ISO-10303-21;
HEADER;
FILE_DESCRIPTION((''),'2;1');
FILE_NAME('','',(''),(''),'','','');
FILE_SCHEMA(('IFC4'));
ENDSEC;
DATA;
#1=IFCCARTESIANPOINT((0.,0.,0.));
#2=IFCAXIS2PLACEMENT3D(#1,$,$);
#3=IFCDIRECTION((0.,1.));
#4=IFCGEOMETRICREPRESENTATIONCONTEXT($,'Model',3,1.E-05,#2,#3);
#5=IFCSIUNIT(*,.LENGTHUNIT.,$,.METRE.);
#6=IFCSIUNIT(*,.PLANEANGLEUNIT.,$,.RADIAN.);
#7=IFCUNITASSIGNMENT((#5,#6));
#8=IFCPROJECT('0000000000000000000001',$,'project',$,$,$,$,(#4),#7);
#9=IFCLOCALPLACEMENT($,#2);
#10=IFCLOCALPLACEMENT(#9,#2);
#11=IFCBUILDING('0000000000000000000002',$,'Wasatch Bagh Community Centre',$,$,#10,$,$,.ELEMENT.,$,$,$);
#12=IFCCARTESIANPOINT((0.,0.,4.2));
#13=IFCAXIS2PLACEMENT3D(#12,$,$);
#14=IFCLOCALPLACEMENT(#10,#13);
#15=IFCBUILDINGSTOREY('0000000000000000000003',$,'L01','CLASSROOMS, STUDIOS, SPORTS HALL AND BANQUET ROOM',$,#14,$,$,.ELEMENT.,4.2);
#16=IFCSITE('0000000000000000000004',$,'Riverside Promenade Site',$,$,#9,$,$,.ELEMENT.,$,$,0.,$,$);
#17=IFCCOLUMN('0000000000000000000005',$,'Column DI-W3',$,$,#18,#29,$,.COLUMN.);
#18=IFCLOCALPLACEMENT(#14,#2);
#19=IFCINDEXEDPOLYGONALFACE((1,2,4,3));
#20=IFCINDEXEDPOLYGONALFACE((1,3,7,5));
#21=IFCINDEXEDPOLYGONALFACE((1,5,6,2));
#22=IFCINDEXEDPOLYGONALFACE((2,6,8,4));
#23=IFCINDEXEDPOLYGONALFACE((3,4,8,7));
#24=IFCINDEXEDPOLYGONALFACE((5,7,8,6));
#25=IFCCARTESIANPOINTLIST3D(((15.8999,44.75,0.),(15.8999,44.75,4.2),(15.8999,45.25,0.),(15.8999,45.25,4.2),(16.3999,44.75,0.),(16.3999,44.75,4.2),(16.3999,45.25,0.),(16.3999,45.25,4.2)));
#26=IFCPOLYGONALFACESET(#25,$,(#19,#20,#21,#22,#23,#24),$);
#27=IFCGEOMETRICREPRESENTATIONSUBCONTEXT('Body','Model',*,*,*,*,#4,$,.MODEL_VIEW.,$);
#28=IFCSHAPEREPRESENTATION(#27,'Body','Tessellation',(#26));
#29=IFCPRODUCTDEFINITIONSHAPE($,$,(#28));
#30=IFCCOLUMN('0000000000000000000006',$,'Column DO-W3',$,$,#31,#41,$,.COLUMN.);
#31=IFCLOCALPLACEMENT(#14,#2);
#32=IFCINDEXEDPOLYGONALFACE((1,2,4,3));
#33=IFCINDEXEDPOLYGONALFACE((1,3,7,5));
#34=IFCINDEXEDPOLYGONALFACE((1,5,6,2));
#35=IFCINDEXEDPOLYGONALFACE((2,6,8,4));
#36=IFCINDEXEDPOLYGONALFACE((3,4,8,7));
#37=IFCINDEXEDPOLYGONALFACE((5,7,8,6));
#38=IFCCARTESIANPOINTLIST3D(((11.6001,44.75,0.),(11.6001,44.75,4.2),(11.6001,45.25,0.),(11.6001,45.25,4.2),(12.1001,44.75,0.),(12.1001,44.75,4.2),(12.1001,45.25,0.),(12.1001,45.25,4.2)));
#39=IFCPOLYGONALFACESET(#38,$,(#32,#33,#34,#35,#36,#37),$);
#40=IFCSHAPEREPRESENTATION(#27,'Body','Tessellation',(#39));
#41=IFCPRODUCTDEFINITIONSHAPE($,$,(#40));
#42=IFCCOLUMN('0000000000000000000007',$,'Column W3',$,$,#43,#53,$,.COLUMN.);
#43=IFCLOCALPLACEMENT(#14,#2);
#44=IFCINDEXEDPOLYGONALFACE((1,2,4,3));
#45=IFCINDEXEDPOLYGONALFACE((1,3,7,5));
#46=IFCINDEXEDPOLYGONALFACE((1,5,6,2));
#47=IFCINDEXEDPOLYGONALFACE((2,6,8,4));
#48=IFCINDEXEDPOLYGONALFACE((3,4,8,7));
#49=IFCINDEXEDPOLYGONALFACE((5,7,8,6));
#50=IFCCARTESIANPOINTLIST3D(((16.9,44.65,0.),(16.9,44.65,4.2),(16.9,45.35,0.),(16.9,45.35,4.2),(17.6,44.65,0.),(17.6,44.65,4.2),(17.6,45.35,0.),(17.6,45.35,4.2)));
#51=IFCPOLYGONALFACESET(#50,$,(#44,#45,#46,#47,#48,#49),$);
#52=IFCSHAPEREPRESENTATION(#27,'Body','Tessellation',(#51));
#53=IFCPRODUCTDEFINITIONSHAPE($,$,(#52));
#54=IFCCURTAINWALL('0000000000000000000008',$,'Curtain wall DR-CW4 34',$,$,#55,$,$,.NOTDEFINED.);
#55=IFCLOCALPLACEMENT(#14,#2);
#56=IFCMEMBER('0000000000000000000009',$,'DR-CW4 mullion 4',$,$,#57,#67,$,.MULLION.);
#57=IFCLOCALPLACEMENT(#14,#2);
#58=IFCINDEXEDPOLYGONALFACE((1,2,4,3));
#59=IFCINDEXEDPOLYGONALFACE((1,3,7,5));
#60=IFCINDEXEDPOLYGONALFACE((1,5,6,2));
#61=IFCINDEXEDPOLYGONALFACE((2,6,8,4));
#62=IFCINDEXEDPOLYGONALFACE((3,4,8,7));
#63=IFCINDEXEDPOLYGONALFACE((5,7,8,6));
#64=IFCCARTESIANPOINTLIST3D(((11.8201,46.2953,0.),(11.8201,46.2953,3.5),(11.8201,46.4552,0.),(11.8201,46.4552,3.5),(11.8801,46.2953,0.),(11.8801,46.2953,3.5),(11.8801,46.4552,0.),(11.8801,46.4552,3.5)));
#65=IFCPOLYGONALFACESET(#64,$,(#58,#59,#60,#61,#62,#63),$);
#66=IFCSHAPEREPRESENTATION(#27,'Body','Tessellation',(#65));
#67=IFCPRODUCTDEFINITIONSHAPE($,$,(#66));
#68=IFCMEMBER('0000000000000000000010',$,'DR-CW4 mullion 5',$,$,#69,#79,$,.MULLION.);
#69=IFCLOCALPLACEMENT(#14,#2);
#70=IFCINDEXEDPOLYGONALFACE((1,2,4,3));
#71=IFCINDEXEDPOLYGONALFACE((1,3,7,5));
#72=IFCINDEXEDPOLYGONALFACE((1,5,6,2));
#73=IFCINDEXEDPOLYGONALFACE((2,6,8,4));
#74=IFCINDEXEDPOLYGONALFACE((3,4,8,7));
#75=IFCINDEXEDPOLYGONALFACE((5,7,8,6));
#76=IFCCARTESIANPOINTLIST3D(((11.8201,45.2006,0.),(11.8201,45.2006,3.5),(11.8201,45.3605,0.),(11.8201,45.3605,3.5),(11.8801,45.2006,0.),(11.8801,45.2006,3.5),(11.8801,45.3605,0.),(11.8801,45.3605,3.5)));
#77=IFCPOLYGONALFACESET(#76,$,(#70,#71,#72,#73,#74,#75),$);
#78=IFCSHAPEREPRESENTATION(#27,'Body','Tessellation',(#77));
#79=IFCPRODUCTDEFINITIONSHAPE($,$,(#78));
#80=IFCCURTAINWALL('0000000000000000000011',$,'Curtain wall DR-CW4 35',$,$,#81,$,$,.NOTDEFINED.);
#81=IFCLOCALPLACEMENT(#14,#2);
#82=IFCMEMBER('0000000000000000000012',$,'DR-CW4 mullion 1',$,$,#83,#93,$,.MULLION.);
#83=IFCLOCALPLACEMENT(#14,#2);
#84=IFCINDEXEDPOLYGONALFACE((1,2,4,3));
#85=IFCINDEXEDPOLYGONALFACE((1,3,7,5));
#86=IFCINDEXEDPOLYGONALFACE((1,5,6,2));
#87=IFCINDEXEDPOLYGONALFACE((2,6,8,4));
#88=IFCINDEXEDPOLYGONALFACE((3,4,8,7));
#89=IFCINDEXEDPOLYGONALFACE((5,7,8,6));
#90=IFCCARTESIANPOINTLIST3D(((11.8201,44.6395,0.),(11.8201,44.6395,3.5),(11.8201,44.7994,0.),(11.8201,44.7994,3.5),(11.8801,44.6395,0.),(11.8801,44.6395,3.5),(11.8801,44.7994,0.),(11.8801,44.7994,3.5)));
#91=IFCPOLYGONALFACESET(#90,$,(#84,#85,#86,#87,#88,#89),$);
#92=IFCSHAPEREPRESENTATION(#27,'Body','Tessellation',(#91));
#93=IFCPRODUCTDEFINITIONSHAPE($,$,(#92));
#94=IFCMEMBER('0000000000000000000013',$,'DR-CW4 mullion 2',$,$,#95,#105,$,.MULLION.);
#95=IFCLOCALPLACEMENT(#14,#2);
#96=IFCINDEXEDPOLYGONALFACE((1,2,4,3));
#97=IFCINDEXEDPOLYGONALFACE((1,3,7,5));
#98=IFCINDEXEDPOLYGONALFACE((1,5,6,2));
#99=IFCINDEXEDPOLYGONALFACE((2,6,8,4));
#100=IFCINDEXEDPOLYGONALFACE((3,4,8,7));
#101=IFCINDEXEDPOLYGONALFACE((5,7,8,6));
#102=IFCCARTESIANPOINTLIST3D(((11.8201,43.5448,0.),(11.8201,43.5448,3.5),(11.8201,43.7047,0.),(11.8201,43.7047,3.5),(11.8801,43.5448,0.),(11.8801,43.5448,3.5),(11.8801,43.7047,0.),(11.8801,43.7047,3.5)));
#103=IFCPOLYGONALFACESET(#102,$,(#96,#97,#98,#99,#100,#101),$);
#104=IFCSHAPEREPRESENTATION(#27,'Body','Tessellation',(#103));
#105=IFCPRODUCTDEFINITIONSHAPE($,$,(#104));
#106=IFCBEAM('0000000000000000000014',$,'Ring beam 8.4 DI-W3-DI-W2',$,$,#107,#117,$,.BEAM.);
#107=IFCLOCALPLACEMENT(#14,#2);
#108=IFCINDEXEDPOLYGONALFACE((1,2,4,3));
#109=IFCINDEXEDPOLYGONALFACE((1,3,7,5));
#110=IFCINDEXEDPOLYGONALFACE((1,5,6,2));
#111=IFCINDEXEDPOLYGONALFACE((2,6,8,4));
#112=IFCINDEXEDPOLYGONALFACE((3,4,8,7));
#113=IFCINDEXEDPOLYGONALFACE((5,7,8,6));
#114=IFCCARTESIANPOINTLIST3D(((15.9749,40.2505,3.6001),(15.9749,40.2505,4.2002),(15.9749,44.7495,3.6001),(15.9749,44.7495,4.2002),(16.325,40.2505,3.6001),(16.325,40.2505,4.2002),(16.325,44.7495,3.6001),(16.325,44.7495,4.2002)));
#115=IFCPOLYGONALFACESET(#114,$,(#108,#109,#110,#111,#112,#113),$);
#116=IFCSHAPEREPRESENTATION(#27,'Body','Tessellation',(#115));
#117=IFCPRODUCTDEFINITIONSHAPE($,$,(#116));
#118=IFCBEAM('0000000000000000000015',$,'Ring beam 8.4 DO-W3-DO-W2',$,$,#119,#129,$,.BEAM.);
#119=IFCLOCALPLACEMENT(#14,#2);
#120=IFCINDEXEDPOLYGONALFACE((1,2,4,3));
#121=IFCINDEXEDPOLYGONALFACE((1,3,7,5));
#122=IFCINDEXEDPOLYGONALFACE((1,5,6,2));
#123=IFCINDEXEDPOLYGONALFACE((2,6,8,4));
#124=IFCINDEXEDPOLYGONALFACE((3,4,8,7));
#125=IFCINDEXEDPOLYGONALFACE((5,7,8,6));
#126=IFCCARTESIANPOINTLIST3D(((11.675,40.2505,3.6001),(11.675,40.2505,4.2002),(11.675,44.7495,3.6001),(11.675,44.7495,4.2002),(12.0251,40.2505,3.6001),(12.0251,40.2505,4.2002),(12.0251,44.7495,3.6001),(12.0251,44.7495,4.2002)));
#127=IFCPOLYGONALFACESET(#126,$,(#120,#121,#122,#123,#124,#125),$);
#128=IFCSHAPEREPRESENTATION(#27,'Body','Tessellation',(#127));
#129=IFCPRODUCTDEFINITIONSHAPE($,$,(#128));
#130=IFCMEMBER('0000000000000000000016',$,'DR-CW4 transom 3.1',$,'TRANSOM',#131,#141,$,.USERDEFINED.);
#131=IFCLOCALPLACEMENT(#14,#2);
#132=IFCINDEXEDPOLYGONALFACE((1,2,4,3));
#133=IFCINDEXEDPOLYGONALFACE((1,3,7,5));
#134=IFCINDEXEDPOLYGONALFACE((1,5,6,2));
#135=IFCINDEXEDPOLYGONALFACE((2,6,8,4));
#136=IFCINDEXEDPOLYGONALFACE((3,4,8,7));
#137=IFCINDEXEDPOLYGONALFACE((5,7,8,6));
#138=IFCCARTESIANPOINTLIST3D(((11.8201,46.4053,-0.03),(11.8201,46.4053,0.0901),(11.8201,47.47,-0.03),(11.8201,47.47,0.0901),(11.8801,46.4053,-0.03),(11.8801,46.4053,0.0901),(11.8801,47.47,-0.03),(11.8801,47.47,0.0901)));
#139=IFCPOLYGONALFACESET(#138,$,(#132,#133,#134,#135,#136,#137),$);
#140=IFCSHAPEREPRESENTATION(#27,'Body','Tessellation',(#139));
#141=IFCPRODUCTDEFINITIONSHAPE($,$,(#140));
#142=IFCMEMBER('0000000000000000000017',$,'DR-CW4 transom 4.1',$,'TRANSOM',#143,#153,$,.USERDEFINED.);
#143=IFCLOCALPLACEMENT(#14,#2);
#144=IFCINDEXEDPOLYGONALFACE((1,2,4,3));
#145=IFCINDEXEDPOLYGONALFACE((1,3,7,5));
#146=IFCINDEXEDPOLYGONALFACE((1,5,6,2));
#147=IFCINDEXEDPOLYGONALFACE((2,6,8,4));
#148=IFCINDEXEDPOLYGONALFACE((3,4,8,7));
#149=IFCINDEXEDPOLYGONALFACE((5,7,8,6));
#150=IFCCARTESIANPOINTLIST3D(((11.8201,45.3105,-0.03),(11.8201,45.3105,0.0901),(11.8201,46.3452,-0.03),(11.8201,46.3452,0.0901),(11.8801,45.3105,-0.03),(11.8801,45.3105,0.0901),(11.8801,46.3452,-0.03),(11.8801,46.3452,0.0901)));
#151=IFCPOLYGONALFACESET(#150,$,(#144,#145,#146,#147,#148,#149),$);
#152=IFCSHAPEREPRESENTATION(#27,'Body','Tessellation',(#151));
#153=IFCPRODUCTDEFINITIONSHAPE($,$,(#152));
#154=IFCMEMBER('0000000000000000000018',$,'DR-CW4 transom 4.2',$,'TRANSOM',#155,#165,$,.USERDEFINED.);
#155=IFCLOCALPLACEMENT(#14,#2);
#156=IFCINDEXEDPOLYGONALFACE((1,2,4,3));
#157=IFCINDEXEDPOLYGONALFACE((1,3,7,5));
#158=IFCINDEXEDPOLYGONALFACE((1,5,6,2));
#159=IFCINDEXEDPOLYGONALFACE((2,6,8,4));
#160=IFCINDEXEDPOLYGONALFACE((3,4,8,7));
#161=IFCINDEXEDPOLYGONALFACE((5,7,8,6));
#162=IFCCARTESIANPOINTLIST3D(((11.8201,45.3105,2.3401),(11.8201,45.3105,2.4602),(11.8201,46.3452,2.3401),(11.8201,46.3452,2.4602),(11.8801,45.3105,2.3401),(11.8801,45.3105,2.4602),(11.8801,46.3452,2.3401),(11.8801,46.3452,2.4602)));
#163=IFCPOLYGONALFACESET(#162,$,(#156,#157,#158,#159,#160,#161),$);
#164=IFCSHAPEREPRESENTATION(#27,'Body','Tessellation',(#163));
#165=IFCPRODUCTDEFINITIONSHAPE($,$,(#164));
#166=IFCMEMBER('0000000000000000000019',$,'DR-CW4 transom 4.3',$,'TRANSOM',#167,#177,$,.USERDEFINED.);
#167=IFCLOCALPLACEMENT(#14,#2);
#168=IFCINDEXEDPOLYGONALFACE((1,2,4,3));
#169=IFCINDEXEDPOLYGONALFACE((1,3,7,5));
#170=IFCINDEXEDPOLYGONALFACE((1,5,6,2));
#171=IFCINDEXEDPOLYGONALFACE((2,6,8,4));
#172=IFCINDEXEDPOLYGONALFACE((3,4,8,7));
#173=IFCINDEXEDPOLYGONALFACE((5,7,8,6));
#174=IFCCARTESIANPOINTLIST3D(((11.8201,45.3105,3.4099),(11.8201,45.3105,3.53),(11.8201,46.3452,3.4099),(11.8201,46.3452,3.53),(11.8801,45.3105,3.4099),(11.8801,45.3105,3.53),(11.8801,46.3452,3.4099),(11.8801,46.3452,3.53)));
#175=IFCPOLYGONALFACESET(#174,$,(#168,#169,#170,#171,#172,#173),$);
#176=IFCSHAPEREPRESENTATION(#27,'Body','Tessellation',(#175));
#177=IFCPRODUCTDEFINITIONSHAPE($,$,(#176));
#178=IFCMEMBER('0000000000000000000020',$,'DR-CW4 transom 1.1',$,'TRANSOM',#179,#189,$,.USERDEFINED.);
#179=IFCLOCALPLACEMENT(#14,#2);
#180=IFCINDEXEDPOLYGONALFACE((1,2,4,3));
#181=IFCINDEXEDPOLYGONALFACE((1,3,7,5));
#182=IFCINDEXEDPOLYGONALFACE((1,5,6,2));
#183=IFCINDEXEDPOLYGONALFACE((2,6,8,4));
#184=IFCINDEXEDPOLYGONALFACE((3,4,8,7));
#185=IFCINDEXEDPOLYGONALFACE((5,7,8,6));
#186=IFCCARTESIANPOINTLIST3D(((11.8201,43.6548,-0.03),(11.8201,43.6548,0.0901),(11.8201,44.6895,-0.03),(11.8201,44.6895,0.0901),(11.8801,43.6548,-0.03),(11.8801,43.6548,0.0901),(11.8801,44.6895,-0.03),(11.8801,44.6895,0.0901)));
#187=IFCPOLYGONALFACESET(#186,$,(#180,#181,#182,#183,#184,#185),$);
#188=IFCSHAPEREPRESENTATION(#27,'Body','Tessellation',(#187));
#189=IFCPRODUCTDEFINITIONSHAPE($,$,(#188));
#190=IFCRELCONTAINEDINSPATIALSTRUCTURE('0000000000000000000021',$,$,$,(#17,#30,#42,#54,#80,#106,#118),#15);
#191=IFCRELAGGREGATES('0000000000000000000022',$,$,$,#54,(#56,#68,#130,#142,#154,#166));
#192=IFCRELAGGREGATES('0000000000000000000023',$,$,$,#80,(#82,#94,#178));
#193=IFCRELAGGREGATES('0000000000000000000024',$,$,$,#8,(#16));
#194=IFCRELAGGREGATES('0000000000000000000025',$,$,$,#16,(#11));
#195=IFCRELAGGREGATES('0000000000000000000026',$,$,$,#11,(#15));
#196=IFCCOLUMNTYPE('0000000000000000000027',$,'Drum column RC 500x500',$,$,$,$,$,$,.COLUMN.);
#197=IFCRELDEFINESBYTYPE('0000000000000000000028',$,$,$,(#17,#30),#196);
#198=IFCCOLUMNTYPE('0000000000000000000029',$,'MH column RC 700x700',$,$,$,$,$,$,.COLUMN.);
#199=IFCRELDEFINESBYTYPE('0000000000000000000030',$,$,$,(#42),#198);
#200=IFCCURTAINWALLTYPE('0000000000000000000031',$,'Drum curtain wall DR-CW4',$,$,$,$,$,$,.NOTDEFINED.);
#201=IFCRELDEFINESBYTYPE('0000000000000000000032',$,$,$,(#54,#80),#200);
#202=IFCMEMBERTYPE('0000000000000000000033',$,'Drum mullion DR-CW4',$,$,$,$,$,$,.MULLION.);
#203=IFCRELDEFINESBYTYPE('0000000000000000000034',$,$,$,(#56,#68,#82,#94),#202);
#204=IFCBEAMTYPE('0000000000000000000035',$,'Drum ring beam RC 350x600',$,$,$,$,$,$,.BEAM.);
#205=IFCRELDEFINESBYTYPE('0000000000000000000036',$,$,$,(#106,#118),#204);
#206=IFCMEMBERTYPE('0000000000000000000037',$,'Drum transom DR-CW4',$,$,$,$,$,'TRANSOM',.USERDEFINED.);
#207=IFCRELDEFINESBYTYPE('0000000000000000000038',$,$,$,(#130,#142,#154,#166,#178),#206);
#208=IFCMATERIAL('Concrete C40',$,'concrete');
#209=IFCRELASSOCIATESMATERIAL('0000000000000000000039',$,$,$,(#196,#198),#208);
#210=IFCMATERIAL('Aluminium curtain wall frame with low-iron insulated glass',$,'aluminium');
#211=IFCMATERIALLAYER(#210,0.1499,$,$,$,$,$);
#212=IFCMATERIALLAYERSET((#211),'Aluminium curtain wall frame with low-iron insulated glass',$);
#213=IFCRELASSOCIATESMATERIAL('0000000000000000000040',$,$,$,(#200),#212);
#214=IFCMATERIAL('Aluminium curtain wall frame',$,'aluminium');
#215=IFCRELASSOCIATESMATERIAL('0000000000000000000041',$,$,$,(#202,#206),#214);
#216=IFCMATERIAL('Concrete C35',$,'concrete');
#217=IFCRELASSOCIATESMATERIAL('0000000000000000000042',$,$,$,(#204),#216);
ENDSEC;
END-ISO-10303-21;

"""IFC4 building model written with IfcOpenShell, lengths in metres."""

from ifc_helpers import new_model, si_unit, direction, frame, origin, origin_2d, place, context, subcontext, project, spatial, rectangle, extrude, material, layer, layer_set, material_profile, profile_set, type_object, element, aggregate, save


model = new_model("IFC4")

# Units and contexts
model_context = context("Model", 3, precision=1e-05, world=origin(), true_north=direction((0.0, 1.0)))
body_context = subcontext(model_context, "Body", "Model", "MODEL_VIEW")
ifc_project = project(units=[si_unit("LENGTHUNIT", "METRE"), si_unit("PLANEANGLEUNIT", "RADIAN")], contexts=[model_context])

# Site, building, storey
site_placement = place(None, origin())
site = spatial("IfcSite", under=ifc_project, at=site_placement, Name="Riverside Promenade Site", CompositionType="ELEMENT", RefElevation=0.0)
building_placement = place(site_placement, origin())
building = spatial("IfcBuilding", under=site, at=building_placement, Name="Wasatch Bagh Community Centre", CompositionType="ELEMENT")
storey_placement = place(building_placement, frame((0.0, 0.0, 4.2)))
storey = spatial("IfcBuildingStorey", under=building, at=storey_placement, Name="L01", Description="CLASSROOMS, STUDIOS, SPORTS HALL AND BANQUET ROOM", CompositionType="ELEMENT", Elevation=4.2)

# Columns
ifc_material_1 = material(Name="Concrete C40", Category="concrete")
ifc_material_profile_1 = material_profile(ifc_material_1, rectangle(XDim=0.5, YDim=0.5, at=origin_2d()), Name="RC 500x500")
ifc_profile_set_1 = profile_set([ifc_material_profile_1], Name="Concrete C40")
column_type_1 = type_object("IfcColumnType", Name="Drum column RC 500x500", PredefinedType="COLUMN", material=ifc_profile_set_1)
for number, where, z_axis, x_axis, name in (
    (1, (16.1499, 45.0, 0.0), (0.0, 0.0, 1.0), (1.0, 0.0, 0.0), "Column DI-W3"),
    (2, (11.8501, 45.0, 0.0), (0.0, 0.0, 1.0), (1.0, 0.0, 0.0), "Column DO-W3"),
):
    element("IfcColumn", number, at=place(storey_placement, frame(where, z_axis=z_axis, x_axis=x_axis)), inside=storey, type_object=column_type_1, Name=name, PredefinedType="COLUMN", context=body_context, shape_type="SweptSolid", body=[
        extrude(rectangle(XDim=0.5, YDim=0.5, at=origin_2d()), origin(), (0.0, 0.0, 1.0), 4.2),
    ])
ifc_material_profile_2 = material_profile(ifc_material_1, rectangle(XDim=0.7, YDim=0.7, at=origin_2d()), Name="RC 700x700")
ifc_profile_set_2 = profile_set([ifc_material_profile_2], Name="Concrete C40")
column_type_2 = type_object("IfcColumnType", Name="MH column RC 700x700", PredefinedType="COLUMN", material=ifc_profile_set_2)
column_placement = place(storey_placement, frame((17.25, 45.0, 0.0), z_axis=(0.0, 0.0, 1.0), x_axis=(1.0, 0.0, 0.0)))
element("IfcColumn", 3, at=column_placement, inside=storey, type_object=column_type_2, Name="Column W3", PredefinedType="COLUMN", context=body_context, shape_type="SweptSolid", body=[
    extrude(rectangle(XDim=0.7, YDim=0.7, at=origin_2d()), origin(), (0.0, 0.0, 1.0), 4.2),
])

# Curtain walls, members
ifc_material_2 = material(Name="Aluminium curtain wall frame with low-iron insulated glass", Category="aluminium")
ifc_layer_1 = layer(ifc_material_2, 0.1499)
ifc_layer_set_1 = layer_set([ifc_layer_1], Name="Aluminium curtain wall frame with low-iron insulated glass")
curtain_wall_type = type_object("IfcCurtainWallType", Name="Drum curtain wall DR-CW4", PredefinedType="NOTDEFINED", material=ifc_layer_set_1)
curtain_wall_1_placement = place(storey_placement, origin())
curtain_wall_1 = element("IfcCurtainWall", 4, at=curtain_wall_1_placement, inside=storey, type_object=curtain_wall_type, Name="Curtain wall DR-CW4 34", PredefinedType="NOTDEFINED")
ifc_material_3 = material(Name="Aluminium curtain wall frame", Category="aluminium")
ifc_material_profile_3 = material_profile(ifc_material_3, rectangle(XDim=0.0601, YDim=0.1599, at=origin_2d()), Name="Drum mullion DR-CW4")
ifc_profile_set_3 = profile_set([ifc_material_profile_3], Name="Aluminium curtain wall frame")
member_type_1 = type_object("IfcMemberType", Name="Drum mullion DR-CW4", PredefinedType="MULLION", material=ifc_profile_set_3)
member_1_placement = place(storey_placement, frame((11.8501, 46.3752, 0.0), z_axis=(0.0, 0.0, 1.0), x_axis=(1.0, 0.0, 0.0)))
member_1 = element("IfcMember", 5, at=member_1_placement, type_object=member_type_1, Name="DR-CW4 mullion 4", PredefinedType="MULLION", context=body_context, shape_type="SweptSolid", body=[
    extrude(rectangle(XDim=0.0601, YDim=0.1599, at=origin_2d()), origin(), (0.0, 0.0, 1.0), 3.5),
])
member_2_placement = place(storey_placement, frame((11.8501, 45.2805, 0.0), z_axis=(0.0, 0.0, 1.0), x_axis=(1.0, 0.0, 0.0)))
member_2 = element("IfcMember", 6, at=member_2_placement, type_object=member_type_1, Name="DR-CW4 mullion 5", PredefinedType="MULLION", context=body_context, shape_type="SweptSolid", body=[
    extrude(rectangle(XDim=0.0601, YDim=0.1599, at=origin_2d()), origin(), (0.0, 0.0, 1.0), 3.5),
])
curtain_wall_2_placement = place(storey_placement, origin())
curtain_wall_2 = element("IfcCurtainWall", 7, at=curtain_wall_2_placement, inside=storey, type_object=curtain_wall_type, Name="Curtain wall DR-CW4 35", PredefinedType="NOTDEFINED")
member_3_placement = place(storey_placement, frame((11.8501, 44.7195, 0.0), z_axis=(0.0, 0.0, 1.0), x_axis=(1.0, 0.0, 0.0)))
member_3 = element("IfcMember", 8, at=member_3_placement, type_object=member_type_1, Name="DR-CW4 mullion 1", PredefinedType="MULLION", context=body_context, shape_type="SweptSolid", body=[
    extrude(rectangle(XDim=0.0601, YDim=0.1599, at=origin_2d()), origin(), (0.0, 0.0, 1.0), 3.5),
])
member_4_placement = place(storey_placement, frame((11.8501, 43.6248, 0.0), z_axis=(0.0, 0.0, 1.0), x_axis=(1.0, 0.0, 0.0)))
member_4 = element("IfcMember", 9, at=member_4_placement, type_object=member_type_1, Name="DR-CW4 mullion 2", PredefinedType="MULLION", context=body_context, shape_type="SweptSolid", body=[
    extrude(rectangle(XDim=0.0601, YDim=0.1599, at=origin_2d()), origin(), (0.0, 0.0, 1.0), 3.5),
])

# Beams
ifc_material_4 = material(Name="Concrete C35", Category="concrete")
ifc_material_profile_4 = material_profile(ifc_material_4, rectangle(XDim=0.3501, YDim=0.6001, at=origin_2d()), Name="RC 350x600")
ifc_profile_set_4 = profile_set([ifc_material_profile_4], Name="Concrete C35")
beam_type_1 = type_object("IfcBeamType", Name="Drum ring beam RC 350x600", PredefinedType="BEAM", material=ifc_profile_set_4)
for number, where, z_axis, x_axis, name in (
    (10, (16.1499, 44.7495, 3.9001), (0.0, -1.0, 0.0), (1.0, 0.0, 0.0), "Ring beam 8.4 DI-W3-DI-W2"),
    (11, (11.8501, 44.7495, 3.9001), (0.0, -1.0, 0.0), (1.0, 0.0, 0.0), "Ring beam 8.4 DO-W3-DO-W2"),
):
    element("IfcBeam", number, at=place(storey_placement, frame(where, z_axis=z_axis, x_axis=x_axis)), inside=storey, type_object=beam_type_1, Name=name, PredefinedType="BEAM", context=body_context, shape_type="SweptSolid", body=[
        extrude(rectangle(XDim=0.3501, YDim=0.6001, at=origin_2d()), origin(), (0.0, 0.0, 1.0), 4.499),
    ])

# Members
ifc_material_profile_5 = material_profile(ifc_material_3, rectangle(XDim=0.0601, YDim=0.1201, at=origin_2d()), Name="Drum transom DR-CW4")
ifc_profile_set_5 = profile_set([ifc_material_profile_5], Name="Aluminium curtain wall frame")
member_type_2 = type_object("IfcMemberType", Name="Drum transom DR-CW4", ElementType="TRANSOM", PredefinedType="USERDEFINED", material=ifc_profile_set_5)
member_5_placement = place(storey_placement, frame((11.8501, 47.47, 0.03), z_axis=(0.0, -1.0, 0.0), x_axis=(1.0, 0.0, 0.0)))
member_5 = element("IfcMember", 12, at=member_5_placement, type_object=member_type_2, Name="DR-CW4 transom 3.1", ObjectType="TRANSOM", PredefinedType="USERDEFINED", context=body_context, shape_type="SweptSolid", body=[
    extrude(rectangle(XDim=0.0601, YDim=0.1201, at=origin_2d()), origin(), (0.0, 0.0, 1.0), 1.0647),
])
member_6_placement = place(storey_placement, frame((11.8501, 46.3452, 0.03), z_axis=(0.0, -1.0, 0.0), x_axis=(1.0, 0.0, 0.0)))
member_6 = element("IfcMember", 13, at=member_6_placement, type_object=member_type_2, Name="DR-CW4 transom 4.1", ObjectType="TRANSOM", PredefinedType="USERDEFINED", context=body_context, shape_type="SweptSolid", body=[
    extrude(rectangle(XDim=0.0601, YDim=0.1201, at=origin_2d()), origin(), (0.0, 0.0, 1.0), 1.0347),
])
member_7_placement = place(storey_placement, frame((11.8501, 46.3452, 2.4001), z_axis=(0.0, -1.0, 0.0), x_axis=(1.0, 0.0, 0.0)))
member_7 = element("IfcMember", 14, at=member_7_placement, type_object=member_type_2, Name="DR-CW4 transom 4.2", ObjectType="TRANSOM", PredefinedType="USERDEFINED", context=body_context, shape_type="SweptSolid", body=[
    extrude(rectangle(XDim=0.0601, YDim=0.1201, at=origin_2d()), origin(), (0.0, 0.0, 1.0), 1.0347),
])
member_8_placement = place(storey_placement, frame((11.8501, 46.3452, 3.47), z_axis=(0.0, -1.0, 0.0), x_axis=(1.0, 0.0, 0.0)))
member_8 = element("IfcMember", 15, at=member_8_placement, type_object=member_type_2, Name="DR-CW4 transom 4.3", ObjectType="TRANSOM", PredefinedType="USERDEFINED", context=body_context, shape_type="SweptSolid", body=[
    extrude(rectangle(XDim=0.0601, YDim=0.1201, at=origin_2d()), origin(), (0.0, 0.0, 1.0), 1.0347),
])
member_9_placement = place(storey_placement, frame((11.8501, 44.6895, 0.03), z_axis=(0.0, -1.0, 0.0), x_axis=(1.0, 0.0, 0.0)))
member_9 = element("IfcMember", 16, at=member_9_placement, type_object=member_type_2, Name="DR-CW4 transom 1.1", ObjectType="TRANSOM", PredefinedType="USERDEFINED", context=body_context, shape_type="SweptSolid", body=[
    extrude(rectangle(XDim=0.0601, YDim=0.1201, at=origin_2d()), origin(), (0.0, 0.0, 1.0), 1.0347),
])

aggregate(curtain_wall_1, [member_1, member_2, member_5, member_6, member_7, member_8])
aggregate(curtain_wall_2, [member_3, member_4, member_9])

save(model, "model.ifc")
